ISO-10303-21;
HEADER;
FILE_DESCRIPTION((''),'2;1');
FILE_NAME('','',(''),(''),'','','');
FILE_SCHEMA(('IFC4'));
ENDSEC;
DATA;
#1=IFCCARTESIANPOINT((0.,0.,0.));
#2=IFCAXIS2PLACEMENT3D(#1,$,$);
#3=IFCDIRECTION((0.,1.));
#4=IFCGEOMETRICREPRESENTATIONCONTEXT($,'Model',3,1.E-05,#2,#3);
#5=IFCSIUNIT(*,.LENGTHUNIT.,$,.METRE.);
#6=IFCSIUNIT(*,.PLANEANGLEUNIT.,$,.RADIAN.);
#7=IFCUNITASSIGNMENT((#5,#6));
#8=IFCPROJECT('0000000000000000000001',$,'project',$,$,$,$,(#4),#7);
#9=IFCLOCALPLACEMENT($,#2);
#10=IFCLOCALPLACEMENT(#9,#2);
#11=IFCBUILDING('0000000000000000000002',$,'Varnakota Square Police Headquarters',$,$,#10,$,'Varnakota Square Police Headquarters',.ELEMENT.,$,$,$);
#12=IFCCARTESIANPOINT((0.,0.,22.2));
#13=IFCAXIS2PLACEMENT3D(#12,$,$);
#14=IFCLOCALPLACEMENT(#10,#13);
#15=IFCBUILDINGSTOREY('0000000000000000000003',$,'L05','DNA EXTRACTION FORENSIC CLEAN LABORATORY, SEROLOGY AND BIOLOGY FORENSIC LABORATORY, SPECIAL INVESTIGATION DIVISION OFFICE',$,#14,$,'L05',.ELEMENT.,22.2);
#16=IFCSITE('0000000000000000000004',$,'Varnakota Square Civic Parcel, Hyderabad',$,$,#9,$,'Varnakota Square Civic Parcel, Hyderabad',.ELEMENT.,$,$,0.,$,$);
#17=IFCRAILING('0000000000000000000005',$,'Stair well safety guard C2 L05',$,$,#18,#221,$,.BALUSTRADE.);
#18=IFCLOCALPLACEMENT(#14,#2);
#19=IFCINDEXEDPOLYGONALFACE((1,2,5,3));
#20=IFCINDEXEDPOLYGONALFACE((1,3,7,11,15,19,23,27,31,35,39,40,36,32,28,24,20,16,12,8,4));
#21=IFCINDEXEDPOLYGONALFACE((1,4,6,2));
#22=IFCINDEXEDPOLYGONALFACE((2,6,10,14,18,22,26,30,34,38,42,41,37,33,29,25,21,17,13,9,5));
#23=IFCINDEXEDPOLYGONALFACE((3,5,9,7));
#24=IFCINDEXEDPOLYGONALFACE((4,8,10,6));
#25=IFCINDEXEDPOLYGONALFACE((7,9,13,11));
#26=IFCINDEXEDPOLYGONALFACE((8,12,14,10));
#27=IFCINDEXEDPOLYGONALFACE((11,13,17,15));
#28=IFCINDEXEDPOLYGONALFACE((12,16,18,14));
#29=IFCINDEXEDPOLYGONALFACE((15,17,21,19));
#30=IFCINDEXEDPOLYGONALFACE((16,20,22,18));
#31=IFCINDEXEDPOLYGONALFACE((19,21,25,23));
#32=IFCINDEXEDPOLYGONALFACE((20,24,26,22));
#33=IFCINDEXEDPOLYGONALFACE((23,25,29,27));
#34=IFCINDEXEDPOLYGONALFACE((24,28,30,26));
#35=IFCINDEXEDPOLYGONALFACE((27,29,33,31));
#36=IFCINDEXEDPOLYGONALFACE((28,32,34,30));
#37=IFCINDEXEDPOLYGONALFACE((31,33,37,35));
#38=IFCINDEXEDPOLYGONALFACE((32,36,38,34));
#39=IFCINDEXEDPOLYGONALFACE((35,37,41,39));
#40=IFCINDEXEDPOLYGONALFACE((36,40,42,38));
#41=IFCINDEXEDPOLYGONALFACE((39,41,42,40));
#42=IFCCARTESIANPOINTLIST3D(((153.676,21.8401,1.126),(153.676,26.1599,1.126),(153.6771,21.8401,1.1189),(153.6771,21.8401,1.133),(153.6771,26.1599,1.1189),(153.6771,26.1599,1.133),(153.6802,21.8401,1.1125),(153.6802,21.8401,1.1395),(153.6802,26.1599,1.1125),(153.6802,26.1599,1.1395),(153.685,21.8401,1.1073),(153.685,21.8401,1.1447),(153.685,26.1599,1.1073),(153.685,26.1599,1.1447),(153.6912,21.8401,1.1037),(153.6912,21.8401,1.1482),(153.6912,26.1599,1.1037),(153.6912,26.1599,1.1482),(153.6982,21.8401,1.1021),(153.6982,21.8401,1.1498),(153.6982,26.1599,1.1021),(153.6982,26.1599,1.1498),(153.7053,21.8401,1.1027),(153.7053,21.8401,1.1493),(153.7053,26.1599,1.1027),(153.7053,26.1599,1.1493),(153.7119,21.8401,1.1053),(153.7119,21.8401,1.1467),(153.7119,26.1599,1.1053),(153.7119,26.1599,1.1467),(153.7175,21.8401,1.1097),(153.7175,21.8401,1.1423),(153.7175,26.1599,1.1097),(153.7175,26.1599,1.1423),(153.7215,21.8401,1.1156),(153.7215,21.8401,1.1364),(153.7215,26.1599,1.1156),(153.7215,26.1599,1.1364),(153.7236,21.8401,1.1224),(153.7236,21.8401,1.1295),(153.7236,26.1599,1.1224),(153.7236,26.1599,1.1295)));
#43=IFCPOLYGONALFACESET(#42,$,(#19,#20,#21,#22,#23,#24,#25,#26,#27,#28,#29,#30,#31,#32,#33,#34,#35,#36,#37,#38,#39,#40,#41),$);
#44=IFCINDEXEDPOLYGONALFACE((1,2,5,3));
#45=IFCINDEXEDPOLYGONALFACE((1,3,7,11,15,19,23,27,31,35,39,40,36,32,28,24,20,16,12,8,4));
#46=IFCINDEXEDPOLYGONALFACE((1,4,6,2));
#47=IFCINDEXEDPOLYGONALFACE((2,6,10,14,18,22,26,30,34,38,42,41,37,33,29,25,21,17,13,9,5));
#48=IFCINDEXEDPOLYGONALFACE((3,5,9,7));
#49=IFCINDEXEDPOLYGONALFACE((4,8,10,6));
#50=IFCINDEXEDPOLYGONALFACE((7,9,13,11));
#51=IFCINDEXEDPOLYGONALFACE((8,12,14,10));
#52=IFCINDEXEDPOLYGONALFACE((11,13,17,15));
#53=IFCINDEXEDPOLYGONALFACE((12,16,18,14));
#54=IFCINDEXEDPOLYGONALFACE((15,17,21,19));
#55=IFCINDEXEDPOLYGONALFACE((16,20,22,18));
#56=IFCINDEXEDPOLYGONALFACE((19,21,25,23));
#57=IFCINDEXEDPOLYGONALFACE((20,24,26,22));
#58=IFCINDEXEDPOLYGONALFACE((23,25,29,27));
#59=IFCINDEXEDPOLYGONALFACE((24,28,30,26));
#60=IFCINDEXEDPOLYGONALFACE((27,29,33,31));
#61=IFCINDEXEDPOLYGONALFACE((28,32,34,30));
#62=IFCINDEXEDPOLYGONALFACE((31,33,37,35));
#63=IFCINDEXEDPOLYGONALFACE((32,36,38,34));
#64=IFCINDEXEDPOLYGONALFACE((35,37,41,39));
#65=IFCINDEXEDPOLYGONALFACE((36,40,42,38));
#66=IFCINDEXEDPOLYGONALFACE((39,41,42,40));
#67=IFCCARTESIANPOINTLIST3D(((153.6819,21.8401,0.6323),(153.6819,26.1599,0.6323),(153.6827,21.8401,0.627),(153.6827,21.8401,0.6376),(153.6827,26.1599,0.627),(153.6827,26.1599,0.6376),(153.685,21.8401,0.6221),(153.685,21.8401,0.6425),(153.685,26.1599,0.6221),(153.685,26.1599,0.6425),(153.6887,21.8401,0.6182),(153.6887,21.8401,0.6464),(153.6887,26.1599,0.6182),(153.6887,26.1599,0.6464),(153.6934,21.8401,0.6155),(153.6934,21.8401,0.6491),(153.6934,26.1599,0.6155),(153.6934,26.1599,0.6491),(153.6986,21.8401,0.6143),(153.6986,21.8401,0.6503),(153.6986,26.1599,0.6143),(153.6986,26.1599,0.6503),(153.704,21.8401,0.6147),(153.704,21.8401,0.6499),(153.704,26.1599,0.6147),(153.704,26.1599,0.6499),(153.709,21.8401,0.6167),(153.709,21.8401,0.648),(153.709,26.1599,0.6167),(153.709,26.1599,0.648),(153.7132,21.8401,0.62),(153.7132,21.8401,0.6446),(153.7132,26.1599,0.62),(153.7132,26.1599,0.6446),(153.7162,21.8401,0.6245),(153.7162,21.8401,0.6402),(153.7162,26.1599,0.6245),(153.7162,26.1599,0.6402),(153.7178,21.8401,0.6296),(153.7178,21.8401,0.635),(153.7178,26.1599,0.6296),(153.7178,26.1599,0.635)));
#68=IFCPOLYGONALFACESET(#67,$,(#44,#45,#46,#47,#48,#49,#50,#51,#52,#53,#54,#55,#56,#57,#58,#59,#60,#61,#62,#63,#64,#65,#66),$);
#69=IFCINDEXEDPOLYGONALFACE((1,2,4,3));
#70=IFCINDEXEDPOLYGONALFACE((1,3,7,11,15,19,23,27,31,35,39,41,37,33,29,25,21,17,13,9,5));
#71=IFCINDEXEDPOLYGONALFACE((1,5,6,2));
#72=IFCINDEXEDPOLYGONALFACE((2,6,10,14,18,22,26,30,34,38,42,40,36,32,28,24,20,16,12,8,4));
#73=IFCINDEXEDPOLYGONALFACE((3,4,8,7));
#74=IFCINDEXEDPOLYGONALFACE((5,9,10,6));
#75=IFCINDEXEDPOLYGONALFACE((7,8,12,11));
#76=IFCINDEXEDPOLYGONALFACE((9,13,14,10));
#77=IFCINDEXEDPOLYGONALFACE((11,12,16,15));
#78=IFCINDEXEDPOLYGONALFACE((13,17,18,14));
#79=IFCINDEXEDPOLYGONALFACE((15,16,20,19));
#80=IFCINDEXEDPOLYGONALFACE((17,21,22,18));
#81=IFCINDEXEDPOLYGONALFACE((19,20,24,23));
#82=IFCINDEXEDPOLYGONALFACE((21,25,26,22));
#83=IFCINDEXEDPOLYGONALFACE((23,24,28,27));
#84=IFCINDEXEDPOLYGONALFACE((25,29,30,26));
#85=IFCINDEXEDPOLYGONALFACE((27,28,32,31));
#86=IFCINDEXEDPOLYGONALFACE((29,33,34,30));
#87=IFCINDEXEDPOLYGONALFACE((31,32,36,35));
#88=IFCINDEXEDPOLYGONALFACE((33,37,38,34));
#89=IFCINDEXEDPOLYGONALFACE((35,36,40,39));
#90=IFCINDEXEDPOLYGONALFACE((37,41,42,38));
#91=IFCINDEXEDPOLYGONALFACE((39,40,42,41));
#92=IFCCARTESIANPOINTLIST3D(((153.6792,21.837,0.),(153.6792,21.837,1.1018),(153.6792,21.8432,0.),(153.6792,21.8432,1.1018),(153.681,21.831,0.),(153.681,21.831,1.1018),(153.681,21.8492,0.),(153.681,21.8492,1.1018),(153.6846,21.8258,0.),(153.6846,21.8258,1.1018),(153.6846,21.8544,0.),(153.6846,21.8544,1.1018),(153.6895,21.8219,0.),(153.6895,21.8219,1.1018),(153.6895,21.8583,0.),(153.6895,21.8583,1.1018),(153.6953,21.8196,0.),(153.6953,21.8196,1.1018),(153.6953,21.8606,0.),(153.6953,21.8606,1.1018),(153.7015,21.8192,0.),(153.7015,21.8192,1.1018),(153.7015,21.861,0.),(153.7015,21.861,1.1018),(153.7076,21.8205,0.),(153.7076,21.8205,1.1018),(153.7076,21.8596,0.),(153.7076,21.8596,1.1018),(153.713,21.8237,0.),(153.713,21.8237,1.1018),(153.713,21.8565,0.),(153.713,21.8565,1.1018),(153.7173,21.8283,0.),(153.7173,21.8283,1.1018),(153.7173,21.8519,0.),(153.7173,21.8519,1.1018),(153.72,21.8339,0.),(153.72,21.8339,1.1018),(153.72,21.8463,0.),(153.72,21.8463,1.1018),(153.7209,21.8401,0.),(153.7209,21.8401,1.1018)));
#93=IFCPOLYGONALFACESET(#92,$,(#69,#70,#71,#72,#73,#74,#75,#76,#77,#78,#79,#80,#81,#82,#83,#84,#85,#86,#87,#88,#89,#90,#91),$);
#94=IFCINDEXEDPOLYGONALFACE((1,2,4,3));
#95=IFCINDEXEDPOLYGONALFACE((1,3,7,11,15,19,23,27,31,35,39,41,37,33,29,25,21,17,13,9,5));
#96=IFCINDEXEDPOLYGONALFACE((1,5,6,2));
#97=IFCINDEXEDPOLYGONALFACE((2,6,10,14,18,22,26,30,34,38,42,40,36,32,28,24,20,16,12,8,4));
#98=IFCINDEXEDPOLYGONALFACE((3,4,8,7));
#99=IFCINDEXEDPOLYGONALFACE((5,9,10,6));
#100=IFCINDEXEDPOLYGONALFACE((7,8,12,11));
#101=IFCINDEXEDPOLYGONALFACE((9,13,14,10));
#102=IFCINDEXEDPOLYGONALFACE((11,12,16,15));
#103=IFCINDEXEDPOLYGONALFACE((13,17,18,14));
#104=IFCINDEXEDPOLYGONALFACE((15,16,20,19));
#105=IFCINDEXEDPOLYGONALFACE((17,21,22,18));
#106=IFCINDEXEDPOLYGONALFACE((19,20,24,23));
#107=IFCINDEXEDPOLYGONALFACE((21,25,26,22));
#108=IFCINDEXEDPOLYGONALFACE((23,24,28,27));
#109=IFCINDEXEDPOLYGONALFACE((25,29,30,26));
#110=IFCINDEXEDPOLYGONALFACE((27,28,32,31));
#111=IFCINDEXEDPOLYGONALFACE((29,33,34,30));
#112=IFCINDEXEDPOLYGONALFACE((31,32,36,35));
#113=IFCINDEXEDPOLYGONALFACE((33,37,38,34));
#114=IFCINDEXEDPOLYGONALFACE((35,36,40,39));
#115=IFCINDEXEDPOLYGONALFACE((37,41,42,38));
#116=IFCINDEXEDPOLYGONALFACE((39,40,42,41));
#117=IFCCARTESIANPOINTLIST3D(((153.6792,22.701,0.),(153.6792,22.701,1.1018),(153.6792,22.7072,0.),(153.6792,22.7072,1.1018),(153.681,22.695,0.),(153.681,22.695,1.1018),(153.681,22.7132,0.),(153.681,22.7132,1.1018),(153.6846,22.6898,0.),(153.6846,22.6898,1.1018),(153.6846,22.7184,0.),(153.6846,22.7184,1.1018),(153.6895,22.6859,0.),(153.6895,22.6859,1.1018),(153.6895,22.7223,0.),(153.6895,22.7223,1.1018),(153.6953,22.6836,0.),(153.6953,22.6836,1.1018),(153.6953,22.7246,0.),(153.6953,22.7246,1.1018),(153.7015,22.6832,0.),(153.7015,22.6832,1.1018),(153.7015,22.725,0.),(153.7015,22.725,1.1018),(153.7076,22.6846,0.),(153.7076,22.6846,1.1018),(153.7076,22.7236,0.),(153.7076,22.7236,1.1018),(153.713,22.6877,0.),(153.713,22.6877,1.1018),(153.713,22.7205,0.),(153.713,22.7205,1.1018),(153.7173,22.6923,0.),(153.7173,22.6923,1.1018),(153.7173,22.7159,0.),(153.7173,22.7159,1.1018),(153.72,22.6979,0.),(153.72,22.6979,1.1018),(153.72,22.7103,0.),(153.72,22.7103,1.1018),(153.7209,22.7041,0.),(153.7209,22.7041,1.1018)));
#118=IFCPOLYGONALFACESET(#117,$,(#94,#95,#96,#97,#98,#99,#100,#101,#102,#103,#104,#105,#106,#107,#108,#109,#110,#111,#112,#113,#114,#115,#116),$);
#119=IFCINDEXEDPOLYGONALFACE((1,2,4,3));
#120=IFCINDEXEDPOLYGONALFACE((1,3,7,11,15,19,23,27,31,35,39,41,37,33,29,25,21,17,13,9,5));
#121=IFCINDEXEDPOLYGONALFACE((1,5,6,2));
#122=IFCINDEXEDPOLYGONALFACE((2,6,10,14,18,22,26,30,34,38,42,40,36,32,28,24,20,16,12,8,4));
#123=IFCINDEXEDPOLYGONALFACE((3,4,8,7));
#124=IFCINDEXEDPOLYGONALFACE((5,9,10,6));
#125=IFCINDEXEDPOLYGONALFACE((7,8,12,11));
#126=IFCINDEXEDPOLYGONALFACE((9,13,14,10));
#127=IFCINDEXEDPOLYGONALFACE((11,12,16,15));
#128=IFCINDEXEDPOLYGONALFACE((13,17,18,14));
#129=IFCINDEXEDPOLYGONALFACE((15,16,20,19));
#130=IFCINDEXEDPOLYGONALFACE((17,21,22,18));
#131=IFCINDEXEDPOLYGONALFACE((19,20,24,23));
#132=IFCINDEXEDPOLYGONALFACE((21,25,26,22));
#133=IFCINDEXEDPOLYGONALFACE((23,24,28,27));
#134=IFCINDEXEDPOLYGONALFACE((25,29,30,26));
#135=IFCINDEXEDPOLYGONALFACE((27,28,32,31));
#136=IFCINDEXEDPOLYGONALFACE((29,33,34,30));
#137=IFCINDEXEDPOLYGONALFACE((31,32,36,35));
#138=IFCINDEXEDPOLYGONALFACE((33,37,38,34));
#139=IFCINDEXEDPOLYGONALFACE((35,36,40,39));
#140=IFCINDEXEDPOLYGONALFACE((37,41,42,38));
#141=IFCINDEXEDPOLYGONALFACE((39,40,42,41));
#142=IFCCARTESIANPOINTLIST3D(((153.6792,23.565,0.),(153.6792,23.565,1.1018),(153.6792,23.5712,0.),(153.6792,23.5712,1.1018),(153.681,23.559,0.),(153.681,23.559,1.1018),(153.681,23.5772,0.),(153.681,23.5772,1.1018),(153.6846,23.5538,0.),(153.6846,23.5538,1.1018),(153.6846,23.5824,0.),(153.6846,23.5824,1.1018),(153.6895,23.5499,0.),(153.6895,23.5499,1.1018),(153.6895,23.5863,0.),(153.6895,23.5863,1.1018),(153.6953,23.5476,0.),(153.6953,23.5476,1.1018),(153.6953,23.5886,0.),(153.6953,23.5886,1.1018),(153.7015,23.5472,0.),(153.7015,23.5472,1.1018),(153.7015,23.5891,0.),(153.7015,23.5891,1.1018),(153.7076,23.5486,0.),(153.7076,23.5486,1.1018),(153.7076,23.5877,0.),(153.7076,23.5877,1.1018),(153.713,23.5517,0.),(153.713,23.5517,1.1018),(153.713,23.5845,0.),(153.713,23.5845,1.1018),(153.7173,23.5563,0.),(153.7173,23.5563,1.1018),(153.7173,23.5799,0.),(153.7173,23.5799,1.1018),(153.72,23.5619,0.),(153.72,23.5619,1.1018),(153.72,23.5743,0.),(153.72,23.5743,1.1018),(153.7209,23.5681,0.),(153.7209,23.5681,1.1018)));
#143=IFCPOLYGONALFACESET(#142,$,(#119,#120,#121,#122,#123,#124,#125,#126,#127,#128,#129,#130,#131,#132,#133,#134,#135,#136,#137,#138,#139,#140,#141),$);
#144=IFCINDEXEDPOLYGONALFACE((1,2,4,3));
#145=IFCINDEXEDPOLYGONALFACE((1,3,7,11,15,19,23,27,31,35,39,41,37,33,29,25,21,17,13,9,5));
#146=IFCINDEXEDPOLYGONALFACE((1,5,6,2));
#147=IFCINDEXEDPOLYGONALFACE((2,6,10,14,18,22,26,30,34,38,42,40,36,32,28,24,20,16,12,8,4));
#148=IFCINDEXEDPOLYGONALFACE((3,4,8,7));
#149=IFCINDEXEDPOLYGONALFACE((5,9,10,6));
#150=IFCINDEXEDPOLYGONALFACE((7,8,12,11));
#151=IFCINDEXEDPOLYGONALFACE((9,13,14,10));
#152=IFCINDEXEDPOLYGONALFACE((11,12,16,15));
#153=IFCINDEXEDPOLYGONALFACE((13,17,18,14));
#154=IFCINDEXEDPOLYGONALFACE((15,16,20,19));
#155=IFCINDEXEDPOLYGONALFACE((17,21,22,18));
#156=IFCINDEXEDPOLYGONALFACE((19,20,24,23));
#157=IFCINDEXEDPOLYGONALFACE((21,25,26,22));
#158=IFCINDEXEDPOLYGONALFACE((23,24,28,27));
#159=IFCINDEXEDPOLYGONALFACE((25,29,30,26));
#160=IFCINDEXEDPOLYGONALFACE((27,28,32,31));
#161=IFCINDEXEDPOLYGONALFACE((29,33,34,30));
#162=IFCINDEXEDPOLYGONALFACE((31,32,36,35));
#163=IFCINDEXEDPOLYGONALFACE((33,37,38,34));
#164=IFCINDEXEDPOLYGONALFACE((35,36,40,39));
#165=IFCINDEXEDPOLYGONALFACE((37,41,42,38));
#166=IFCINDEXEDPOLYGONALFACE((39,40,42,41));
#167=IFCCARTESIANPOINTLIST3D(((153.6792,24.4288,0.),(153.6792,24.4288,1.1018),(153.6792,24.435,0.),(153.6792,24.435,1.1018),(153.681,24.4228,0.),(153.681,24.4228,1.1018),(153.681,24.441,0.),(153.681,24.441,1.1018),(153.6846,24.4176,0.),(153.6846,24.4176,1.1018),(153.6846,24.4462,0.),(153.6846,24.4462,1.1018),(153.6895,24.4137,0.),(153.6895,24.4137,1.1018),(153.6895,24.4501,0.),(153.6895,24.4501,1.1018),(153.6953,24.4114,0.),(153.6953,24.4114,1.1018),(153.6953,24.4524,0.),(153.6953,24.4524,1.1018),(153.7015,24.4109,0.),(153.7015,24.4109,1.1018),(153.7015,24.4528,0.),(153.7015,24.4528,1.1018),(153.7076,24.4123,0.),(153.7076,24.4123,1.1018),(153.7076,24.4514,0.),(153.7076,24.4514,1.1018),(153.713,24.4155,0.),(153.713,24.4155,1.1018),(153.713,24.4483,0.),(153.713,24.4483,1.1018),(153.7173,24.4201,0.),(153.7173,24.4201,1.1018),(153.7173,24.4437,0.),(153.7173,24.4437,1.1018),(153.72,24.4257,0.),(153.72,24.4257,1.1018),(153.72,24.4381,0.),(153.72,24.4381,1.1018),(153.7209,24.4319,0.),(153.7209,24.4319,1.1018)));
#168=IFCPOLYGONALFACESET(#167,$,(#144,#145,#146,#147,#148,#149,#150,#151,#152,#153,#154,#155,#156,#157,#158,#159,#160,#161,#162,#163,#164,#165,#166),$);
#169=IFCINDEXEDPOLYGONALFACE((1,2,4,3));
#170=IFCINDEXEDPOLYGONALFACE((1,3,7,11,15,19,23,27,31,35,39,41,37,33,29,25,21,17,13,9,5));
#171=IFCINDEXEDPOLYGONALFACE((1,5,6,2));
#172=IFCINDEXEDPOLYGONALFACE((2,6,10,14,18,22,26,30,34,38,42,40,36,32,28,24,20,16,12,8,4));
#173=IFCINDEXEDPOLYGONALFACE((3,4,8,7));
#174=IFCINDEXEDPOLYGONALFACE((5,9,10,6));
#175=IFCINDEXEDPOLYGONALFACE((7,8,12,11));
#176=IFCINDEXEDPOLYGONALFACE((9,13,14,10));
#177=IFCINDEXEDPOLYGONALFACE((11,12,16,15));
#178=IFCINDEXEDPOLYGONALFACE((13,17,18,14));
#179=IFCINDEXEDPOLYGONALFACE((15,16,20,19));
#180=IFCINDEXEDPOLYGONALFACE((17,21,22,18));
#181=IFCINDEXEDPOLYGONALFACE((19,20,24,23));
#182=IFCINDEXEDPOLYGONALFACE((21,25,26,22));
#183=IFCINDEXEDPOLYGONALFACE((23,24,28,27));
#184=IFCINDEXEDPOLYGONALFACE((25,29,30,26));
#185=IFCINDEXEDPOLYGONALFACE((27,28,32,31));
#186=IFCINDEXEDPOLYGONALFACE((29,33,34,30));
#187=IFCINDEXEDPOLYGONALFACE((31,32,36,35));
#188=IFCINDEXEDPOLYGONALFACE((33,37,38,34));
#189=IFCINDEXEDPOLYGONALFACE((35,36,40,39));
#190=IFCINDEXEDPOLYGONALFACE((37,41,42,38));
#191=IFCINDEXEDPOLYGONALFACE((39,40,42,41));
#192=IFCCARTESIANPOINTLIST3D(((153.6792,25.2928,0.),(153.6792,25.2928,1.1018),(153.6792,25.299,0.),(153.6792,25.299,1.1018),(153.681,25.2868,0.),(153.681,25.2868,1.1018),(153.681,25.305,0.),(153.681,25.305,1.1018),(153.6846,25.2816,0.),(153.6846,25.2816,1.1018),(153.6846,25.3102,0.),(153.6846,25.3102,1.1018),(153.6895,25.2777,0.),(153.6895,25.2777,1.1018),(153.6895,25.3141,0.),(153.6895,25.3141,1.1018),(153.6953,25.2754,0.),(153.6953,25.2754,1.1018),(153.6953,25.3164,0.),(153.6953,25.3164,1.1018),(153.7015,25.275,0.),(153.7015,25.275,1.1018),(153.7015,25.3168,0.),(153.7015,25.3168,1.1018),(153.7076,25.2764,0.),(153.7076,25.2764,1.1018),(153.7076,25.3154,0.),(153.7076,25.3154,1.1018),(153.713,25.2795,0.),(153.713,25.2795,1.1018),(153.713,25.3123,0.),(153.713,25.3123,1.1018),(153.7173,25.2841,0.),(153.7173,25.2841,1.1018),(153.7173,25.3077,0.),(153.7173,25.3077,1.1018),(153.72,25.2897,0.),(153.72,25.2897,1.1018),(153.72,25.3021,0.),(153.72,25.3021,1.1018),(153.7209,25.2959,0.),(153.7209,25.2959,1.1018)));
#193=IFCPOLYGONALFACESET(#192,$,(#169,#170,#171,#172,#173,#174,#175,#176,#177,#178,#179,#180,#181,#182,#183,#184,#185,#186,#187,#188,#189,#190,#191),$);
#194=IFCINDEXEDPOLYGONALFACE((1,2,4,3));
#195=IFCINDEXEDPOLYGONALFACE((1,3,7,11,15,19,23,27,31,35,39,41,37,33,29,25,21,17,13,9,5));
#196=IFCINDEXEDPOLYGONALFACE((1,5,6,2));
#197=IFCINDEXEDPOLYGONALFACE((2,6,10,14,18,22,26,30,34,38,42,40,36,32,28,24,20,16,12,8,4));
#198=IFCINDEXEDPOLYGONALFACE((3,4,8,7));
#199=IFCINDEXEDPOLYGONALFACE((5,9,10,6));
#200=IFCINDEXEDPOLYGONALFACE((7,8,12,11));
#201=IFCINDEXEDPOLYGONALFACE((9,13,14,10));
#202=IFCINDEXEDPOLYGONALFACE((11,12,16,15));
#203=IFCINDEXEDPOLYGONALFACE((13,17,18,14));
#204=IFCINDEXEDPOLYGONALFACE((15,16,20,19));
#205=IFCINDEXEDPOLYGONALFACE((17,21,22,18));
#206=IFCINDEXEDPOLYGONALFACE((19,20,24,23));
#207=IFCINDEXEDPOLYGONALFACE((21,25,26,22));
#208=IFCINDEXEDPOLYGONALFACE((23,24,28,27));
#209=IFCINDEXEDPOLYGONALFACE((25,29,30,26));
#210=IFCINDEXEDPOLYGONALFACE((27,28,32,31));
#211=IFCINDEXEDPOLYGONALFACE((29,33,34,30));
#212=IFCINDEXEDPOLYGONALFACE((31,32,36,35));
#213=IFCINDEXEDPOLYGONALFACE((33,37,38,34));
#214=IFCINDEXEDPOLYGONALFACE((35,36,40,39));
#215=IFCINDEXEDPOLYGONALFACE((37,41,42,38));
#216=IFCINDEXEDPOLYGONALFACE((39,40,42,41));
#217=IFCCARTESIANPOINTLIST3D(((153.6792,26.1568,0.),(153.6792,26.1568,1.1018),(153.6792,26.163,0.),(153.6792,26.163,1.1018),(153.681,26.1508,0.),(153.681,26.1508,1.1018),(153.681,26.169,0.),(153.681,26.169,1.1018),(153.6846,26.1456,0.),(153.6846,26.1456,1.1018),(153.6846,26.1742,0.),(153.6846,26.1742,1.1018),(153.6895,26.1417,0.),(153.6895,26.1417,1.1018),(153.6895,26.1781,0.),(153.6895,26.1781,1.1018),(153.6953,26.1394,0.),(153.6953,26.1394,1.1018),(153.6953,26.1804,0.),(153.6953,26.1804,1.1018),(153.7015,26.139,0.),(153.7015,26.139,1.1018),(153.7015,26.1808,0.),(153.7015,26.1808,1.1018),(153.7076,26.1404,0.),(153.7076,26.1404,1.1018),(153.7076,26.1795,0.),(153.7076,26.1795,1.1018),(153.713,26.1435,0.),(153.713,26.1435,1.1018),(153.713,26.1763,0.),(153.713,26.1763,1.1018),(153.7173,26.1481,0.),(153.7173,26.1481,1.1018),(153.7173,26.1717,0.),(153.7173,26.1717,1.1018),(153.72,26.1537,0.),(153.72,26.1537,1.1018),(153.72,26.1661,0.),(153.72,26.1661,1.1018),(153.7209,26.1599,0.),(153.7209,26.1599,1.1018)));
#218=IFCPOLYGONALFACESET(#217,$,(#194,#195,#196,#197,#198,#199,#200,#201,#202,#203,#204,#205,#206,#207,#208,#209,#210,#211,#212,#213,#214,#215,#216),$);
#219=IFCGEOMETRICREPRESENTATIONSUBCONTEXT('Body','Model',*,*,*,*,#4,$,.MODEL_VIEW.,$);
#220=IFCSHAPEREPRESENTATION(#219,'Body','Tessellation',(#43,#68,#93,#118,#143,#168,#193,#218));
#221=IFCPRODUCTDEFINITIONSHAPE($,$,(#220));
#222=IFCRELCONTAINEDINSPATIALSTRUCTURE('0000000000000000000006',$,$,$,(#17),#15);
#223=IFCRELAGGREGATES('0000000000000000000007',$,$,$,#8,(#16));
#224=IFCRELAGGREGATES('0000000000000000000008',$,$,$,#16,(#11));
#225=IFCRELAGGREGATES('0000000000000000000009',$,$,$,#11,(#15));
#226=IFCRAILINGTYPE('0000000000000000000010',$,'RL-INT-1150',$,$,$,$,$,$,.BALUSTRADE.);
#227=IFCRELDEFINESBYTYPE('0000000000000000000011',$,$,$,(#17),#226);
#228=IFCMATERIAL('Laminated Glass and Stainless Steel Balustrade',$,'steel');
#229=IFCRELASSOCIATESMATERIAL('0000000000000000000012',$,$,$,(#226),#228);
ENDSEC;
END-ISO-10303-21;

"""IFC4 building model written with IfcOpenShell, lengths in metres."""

from ifc_helpers import new_model, si_unit, direction, frame, origin, origin_2d, place, context, subcontext, project, spatial, circle, extrude, material, type_object, element, save


model = new_model("IFC4")

# Units and contexts
model_context = context("Model", 3, precision=1e-05, world=origin(), true_north=direction((0.0, 1.0)))
body_context = subcontext(model_context, "Body", "Model", "MODEL_VIEW")
ifc_project = project(units=[si_unit("LENGTHUNIT", "METRE"), si_unit("PLANEANGLEUNIT", "RADIAN")], contexts=[model_context])

# Site, building, storey
site_placement = place(None, origin())
site = spatial("IfcSite", under=ifc_project, at=site_placement, Name="Varnakota Square Civic Parcel, Hyderabad", LongName="Varnakota Square Civic Parcel, Hyderabad", CompositionType="ELEMENT", RefElevation=0.0)
building_placement = place(site_placement, origin())
building = spatial("IfcBuilding", under=site, at=building_placement, Name="Varnakota Square Police Headquarters", LongName="Varnakota Square Police Headquarters", CompositionType="ELEMENT")
storey_placement = place(building_placement, frame((0.0, 0.0, 22.2)))
storey = spatial("IfcBuildingStorey", under=building, at=storey_placement, Name="L05", Description="DNA EXTRACTION FORENSIC CLEAN LABORATORY, SEROLOGY AND BIOLOGY FORENSIC LABORATORY, SPECIAL INVESTIGATION DIVISION OFFICE", LongName="L05", CompositionType="ELEMENT", Elevation=22.2)

# Railing
ifc_material_1 = material(Name="Laminated Glass and Stainless Steel Balustrade", Category="steel")
railing_type_1 = type_object("IfcRailingType", Name="RL-INT-1150", PredefinedType="BALUSTRADE", material=ifc_material_1)
railing_1_placement = place(storey_placement, frame((153.7, 21.8401, 0.0)))
element("IfcRailing", 1, at=railing_1_placement, inside=storey, type_object=railing_type_1, Name="Stair well safety guard C2 L05", PredefinedType="BALUSTRADE", context=body_context, shape_type="SweptSolid", body=[
    extrude(circle(Radius=0.0239, at=origin_2d()), frame((0.0, 0.0, 1.126), z_axis=(0.0, 1.0, 0.0), x_axis=(-1.0, 0.0, 0.0)), (0.0, 0.0, 1.0), 4.3198),
    extrude(circle(Radius=0.0181, at=origin_2d()), frame((0.0, 0.0, 0.6323), z_axis=(0.0, 1.0, 0.0), x_axis=(-1.0, 0.0, 0.0)), (0.0, 0.0, 1.0), 4.3198),
    extrude(circle(Radius=0.021, at=origin_2d()), origin(), (0.0, 0.0, 1.0), 1.1018),
    extrude(circle(Radius=0.021, at=origin_2d()), frame((0.0, 0.864, 0.0)), (0.0, 0.0, 1.0), 1.1018),
    extrude(circle(Radius=0.021, at=origin_2d()), frame((0.0, 1.728, 0.0)), (0.0, 0.0, 1.0), 1.1018),
    extrude(circle(Radius=0.021, at=origin_2d()), frame((0.0, 2.5918, 0.0)), (0.0, 0.0, 1.0), 1.1018),
    extrude(circle(Radius=0.021, at=origin_2d()), frame((0.0, 3.4558, 0.0)), (0.0, 0.0, 1.0), 1.1018),
    extrude(circle(Radius=0.021, at=origin_2d()), frame((0.0, 4.3198, 0.0)), (0.0, 0.0, 1.0), 1.1018),
])

save(model, "model.ifc")
